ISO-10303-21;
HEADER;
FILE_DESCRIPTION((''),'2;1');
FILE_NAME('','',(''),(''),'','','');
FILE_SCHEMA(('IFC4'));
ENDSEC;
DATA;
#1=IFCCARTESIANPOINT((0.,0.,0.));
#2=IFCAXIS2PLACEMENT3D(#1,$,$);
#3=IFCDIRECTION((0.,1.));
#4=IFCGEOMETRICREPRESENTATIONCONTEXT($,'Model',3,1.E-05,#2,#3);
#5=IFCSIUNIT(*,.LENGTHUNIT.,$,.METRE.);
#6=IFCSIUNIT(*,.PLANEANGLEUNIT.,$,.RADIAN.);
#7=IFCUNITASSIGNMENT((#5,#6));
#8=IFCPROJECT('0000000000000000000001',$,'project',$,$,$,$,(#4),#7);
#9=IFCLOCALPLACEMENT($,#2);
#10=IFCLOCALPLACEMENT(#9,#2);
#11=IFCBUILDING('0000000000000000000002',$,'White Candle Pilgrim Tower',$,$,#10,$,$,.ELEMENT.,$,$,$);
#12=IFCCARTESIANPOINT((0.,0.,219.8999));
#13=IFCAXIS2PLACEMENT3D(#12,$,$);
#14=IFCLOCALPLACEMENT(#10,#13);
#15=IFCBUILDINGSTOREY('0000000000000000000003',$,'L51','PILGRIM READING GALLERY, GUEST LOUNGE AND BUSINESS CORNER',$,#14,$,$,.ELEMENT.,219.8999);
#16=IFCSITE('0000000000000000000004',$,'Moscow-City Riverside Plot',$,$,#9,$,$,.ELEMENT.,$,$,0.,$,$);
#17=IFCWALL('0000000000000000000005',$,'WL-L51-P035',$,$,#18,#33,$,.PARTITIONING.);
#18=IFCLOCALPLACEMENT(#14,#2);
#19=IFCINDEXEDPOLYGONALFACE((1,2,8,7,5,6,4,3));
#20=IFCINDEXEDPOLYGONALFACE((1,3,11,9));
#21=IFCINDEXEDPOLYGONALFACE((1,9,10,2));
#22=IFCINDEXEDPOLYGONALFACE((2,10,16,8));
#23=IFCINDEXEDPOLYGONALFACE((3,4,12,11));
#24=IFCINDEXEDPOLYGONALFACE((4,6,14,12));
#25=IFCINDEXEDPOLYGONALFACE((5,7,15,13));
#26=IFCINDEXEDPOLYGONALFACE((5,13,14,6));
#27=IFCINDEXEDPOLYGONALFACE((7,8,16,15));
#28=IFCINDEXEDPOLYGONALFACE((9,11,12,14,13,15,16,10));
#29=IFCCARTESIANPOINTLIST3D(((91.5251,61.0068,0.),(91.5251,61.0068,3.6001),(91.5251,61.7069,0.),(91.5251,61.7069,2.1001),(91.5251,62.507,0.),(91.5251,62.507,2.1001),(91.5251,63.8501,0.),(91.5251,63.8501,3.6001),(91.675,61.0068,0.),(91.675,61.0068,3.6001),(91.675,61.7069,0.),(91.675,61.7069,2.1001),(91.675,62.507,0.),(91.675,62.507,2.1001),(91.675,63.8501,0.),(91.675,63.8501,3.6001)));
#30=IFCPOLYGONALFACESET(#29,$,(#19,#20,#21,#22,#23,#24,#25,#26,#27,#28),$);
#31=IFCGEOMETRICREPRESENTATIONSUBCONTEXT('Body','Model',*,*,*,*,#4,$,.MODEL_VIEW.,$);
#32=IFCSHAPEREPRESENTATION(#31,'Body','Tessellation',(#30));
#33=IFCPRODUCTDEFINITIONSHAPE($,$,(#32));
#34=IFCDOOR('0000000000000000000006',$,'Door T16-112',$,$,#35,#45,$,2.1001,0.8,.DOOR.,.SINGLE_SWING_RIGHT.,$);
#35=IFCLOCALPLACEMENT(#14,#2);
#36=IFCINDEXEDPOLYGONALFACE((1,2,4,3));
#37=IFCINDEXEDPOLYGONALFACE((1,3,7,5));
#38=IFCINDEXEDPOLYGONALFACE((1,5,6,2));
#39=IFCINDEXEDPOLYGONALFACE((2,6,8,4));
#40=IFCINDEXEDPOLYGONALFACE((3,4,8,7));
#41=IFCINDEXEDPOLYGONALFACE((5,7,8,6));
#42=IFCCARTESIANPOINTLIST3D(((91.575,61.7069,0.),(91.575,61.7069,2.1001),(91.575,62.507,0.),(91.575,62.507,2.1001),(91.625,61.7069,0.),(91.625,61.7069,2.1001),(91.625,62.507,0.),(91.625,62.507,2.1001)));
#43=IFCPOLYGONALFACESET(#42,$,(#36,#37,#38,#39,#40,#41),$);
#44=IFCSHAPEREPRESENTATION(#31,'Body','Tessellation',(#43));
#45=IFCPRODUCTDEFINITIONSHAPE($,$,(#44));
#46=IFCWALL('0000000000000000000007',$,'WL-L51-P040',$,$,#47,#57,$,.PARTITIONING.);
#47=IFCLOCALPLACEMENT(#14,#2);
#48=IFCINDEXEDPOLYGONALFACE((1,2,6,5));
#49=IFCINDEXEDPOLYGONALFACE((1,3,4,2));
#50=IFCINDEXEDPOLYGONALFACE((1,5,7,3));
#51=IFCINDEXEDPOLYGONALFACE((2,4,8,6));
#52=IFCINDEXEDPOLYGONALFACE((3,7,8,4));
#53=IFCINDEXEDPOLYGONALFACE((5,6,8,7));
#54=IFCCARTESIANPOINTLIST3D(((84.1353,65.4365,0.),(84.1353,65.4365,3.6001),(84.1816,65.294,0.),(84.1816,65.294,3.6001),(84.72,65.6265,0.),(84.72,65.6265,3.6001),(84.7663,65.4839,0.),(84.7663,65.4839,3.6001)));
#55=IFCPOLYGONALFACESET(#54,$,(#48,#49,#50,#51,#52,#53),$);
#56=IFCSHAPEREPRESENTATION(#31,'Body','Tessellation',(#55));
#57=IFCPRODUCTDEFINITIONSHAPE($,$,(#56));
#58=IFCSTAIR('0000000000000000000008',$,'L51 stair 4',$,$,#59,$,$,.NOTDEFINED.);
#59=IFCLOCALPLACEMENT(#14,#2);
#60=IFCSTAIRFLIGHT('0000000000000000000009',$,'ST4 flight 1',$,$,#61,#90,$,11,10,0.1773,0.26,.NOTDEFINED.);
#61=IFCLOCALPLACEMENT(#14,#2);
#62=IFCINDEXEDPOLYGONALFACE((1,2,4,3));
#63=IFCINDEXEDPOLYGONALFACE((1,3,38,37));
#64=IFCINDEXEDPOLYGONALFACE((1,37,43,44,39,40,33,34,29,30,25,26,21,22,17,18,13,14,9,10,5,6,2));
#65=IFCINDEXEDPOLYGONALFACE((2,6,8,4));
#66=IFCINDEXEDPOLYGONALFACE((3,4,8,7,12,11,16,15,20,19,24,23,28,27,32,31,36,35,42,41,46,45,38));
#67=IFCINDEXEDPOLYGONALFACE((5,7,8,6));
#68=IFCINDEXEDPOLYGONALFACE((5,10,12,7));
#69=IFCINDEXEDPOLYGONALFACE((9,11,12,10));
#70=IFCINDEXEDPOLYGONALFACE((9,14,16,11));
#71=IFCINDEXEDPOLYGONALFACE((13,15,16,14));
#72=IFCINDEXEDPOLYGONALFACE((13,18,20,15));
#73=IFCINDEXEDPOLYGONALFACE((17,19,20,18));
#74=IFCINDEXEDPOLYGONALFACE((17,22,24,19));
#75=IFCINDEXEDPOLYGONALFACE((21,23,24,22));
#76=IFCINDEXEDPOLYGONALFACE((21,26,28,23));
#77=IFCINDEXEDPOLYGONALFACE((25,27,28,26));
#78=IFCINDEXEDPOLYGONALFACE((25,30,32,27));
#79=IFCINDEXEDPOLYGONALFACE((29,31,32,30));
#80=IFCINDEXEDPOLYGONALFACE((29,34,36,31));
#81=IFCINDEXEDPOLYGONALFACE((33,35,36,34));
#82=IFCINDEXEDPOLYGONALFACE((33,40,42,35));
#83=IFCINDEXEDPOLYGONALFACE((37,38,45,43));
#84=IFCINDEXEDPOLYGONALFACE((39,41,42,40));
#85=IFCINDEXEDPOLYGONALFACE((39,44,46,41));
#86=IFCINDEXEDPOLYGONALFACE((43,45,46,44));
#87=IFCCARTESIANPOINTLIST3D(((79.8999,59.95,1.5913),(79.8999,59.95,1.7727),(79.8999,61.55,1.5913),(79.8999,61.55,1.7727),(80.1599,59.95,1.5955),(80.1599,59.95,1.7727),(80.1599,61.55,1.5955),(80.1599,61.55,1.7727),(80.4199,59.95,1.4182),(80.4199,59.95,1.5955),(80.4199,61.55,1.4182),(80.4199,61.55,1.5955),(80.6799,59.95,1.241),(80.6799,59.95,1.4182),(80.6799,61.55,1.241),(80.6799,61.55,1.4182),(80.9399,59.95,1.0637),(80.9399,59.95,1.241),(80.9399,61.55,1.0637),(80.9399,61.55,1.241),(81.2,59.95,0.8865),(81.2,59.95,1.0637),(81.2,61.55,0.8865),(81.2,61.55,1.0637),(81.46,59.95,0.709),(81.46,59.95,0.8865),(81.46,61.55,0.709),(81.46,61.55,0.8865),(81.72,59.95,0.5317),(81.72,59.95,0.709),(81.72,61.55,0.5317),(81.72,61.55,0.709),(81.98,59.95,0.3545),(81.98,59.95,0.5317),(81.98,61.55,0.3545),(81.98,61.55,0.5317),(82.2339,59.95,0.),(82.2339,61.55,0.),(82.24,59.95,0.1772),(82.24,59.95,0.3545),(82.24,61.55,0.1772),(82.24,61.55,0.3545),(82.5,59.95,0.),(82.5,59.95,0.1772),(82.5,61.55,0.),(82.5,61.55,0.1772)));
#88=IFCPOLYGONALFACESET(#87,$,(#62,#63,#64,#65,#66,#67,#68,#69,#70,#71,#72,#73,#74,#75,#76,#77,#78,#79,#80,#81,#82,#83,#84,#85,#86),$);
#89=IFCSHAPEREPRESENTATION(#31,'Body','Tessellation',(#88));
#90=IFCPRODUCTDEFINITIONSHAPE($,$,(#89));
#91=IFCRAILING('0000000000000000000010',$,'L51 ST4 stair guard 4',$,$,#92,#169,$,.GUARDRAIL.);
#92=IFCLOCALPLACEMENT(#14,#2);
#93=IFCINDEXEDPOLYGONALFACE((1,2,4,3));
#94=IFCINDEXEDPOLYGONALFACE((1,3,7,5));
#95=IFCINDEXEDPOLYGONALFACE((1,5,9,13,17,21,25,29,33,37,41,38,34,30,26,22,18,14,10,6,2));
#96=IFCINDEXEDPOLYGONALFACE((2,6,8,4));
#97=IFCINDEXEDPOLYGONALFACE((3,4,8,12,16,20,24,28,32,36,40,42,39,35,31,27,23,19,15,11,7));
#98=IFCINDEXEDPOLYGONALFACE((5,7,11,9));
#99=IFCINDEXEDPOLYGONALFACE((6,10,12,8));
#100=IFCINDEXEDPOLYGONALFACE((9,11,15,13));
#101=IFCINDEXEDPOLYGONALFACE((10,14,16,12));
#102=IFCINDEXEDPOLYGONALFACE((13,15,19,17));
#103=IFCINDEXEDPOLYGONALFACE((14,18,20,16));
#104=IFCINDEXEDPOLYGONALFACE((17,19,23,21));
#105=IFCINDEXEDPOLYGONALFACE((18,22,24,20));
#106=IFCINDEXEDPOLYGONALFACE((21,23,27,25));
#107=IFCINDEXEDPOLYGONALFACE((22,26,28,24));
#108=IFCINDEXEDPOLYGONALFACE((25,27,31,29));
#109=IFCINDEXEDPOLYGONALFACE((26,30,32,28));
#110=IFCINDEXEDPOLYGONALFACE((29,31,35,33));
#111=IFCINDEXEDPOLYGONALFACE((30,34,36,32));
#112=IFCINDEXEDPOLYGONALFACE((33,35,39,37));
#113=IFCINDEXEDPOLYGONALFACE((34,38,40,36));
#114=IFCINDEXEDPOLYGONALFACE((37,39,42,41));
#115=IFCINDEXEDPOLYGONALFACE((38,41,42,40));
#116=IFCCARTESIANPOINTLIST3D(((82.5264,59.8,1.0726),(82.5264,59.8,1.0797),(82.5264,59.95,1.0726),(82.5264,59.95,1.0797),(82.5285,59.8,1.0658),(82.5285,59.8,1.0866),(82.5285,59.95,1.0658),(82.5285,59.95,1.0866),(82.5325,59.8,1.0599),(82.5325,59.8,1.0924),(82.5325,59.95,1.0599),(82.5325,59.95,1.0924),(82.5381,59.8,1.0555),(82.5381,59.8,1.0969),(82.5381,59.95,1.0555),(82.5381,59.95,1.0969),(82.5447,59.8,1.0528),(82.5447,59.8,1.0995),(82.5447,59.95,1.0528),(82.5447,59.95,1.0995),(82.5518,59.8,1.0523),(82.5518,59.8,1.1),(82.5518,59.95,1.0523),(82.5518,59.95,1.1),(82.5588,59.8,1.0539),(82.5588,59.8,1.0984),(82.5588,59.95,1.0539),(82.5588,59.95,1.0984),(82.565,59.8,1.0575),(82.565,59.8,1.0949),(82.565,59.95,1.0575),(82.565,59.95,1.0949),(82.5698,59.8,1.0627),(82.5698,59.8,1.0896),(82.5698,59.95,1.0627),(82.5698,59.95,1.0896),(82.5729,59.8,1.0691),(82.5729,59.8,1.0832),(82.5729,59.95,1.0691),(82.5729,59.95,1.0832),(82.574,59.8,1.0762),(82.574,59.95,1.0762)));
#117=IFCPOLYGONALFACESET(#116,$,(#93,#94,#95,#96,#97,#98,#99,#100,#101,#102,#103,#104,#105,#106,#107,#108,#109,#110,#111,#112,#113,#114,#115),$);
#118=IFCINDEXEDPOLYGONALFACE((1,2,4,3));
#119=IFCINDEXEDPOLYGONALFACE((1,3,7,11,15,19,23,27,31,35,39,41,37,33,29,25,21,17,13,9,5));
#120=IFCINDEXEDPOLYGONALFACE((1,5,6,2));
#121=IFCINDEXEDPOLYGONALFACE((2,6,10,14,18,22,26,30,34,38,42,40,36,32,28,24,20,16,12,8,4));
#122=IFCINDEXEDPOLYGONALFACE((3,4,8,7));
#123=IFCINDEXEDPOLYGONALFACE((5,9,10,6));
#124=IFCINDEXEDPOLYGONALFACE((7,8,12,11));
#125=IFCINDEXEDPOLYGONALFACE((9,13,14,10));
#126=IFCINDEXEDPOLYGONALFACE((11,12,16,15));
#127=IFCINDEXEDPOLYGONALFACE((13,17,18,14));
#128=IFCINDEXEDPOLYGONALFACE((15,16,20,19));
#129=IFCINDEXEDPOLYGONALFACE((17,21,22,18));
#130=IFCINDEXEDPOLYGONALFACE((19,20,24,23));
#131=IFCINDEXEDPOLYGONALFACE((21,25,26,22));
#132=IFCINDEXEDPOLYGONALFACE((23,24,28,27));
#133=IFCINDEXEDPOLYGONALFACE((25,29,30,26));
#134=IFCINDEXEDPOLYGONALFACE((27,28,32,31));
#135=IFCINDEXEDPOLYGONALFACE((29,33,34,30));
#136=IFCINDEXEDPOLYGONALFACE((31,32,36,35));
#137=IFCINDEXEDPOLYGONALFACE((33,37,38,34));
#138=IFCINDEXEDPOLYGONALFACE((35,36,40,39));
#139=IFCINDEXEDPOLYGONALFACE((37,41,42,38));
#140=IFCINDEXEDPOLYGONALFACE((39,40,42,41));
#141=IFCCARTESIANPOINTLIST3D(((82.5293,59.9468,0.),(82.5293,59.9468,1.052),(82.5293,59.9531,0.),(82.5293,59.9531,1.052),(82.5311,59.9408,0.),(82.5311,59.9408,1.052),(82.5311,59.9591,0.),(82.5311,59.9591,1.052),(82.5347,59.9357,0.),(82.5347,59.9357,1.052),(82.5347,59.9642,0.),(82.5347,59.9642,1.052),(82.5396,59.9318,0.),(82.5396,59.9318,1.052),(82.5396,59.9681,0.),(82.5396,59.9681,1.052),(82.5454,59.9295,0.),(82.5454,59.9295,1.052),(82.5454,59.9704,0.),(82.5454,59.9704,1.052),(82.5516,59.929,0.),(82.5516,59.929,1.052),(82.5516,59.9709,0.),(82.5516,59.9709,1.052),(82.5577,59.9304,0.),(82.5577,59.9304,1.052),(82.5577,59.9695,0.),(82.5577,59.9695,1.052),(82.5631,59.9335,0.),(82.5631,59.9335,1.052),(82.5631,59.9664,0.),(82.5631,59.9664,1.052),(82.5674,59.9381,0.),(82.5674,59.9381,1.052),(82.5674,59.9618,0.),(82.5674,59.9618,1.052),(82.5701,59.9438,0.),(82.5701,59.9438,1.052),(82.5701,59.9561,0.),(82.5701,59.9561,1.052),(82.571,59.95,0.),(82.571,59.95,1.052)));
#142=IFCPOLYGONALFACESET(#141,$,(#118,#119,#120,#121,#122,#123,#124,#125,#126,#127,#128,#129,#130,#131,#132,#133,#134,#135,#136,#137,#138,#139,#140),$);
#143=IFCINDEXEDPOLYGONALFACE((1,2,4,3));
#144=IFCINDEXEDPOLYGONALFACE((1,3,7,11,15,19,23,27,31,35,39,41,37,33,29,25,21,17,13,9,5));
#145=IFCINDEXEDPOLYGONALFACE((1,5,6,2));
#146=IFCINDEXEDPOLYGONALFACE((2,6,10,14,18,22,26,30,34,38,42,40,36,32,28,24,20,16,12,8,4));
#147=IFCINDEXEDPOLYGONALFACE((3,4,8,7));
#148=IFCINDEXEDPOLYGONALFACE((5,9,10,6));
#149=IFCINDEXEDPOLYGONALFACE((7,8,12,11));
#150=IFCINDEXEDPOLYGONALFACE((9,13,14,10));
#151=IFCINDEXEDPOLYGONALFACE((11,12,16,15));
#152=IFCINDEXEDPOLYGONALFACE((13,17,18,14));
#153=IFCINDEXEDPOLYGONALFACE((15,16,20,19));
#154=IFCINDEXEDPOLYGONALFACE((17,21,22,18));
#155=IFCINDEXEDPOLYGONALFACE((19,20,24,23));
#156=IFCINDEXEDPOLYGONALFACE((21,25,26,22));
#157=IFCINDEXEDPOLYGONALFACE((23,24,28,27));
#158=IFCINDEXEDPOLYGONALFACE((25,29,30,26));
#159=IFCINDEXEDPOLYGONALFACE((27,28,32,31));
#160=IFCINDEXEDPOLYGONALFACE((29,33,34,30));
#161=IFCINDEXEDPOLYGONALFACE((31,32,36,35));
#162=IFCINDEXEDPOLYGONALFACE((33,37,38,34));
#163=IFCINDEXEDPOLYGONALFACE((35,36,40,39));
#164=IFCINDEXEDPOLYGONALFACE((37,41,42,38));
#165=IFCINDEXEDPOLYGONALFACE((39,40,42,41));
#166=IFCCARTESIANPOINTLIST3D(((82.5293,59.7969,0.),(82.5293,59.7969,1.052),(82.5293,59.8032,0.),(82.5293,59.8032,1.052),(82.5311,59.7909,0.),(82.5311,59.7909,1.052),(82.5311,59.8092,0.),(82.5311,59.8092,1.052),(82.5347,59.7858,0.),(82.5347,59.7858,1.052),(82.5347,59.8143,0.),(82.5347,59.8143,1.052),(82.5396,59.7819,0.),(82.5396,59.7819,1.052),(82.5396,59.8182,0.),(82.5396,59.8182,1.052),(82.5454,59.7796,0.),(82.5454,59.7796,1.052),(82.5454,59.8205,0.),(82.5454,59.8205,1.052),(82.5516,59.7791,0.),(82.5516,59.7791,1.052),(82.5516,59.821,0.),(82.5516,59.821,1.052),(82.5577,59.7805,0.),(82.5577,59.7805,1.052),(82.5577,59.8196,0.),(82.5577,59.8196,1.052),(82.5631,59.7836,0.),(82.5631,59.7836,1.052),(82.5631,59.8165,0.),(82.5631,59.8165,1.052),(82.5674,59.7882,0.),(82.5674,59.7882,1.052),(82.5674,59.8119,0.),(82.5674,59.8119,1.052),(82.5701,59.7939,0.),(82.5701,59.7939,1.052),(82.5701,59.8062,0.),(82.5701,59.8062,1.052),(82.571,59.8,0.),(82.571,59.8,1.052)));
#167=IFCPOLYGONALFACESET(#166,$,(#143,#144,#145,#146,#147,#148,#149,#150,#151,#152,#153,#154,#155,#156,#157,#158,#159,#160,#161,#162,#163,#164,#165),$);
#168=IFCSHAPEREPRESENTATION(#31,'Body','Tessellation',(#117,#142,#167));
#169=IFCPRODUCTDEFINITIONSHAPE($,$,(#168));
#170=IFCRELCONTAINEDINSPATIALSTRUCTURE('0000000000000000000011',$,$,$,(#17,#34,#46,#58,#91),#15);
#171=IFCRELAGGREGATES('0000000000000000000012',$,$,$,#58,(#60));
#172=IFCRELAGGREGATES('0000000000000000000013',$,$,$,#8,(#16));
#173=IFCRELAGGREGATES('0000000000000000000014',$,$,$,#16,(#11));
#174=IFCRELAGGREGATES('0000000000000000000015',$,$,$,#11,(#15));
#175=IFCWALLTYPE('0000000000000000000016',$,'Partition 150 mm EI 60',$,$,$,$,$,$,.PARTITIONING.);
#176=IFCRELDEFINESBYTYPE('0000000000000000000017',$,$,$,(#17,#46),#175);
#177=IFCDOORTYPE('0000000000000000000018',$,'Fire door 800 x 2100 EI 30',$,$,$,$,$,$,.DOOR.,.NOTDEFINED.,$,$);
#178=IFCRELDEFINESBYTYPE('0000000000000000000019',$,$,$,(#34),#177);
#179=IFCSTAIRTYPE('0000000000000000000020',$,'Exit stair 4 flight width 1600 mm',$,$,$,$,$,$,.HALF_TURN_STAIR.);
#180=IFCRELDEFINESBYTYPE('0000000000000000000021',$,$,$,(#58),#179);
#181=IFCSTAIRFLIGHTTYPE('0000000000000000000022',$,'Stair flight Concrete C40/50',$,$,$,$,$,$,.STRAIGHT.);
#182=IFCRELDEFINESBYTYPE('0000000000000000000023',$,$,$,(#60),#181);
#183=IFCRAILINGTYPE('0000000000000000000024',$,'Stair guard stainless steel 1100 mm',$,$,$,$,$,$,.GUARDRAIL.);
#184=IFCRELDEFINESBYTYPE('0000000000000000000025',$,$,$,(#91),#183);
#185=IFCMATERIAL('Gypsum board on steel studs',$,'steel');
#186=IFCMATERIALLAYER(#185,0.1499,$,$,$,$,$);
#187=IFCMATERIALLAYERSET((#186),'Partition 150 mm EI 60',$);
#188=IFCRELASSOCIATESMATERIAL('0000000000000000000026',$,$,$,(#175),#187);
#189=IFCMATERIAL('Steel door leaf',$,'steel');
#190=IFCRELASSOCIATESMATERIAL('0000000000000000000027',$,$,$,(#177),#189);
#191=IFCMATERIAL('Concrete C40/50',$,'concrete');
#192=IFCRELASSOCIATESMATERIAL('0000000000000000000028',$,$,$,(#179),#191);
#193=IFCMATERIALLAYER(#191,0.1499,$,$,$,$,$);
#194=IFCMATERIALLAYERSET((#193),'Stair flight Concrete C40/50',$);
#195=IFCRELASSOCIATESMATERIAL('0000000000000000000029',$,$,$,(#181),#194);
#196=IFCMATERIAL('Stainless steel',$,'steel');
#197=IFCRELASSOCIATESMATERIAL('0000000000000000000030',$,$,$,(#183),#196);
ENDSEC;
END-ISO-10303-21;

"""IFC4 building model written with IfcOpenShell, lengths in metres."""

from ifc_helpers import new_model, si_unit, direction, frame, frame_2d, origin, origin_2d, place, context, subcontext, project, spatial, polyline, rectangle, circle, outline, extrude, material, layer, layer_set, type_object, element, fill, aggregate, save


model = new_model("IFC4")

# Units and contexts
model_context = context("Model", 3, precision=1e-05, world=origin(), true_north=direction((0.0, 1.0)))
body_context = subcontext(model_context, "Body", "Model", "MODEL_VIEW")
ifc_project = project(units=[si_unit("LENGTHUNIT", "METRE"), si_unit("PLANEANGLEUNIT", "RADIAN")], contexts=[model_context])

# Site, building, storey
site_placement = place(None, origin())
site = spatial("IfcSite", under=ifc_project, at=site_placement, Name="Moscow-City Riverside Plot", CompositionType="ELEMENT", RefElevation=0.0)
building_placement = place(site_placement, origin())
building = spatial("IfcBuilding", under=site, at=building_placement, Name="White Candle Pilgrim Tower", CompositionType="ELEMENT")
storey_placement = place(building_placement, frame((0.0, 0.0, 219.8999)))
storey = spatial("IfcBuildingStorey", under=building, at=storey_placement, Name="L51", Description="PILGRIM READING GALLERY, GUEST LOUNGE AND BUSINESS CORNER", CompositionType="ELEMENT", Elevation=219.8999)

# Shared definitions
ifc_material_1 = material(Name="Gypsum board on steel studs", Category="steel")
ifc_material_2 = material(Name="Steel door leaf", Category="steel")

# Shared definitions
ifc_layer_1 = layer(ifc_material_1, 0.1499)
ifc_layer_set_1 = layer_set([ifc_layer_1], Name="Partition 150 mm EI 60")
wall_type_1 = type_object("IfcWallType", Name="Partition 150 mm EI 60", PredefinedType="PARTITIONING", material=ifc_layer_set_1)

# Wall, opening, door
wall_1_placement = place(storey_placement, frame((91.6001, 63.8501, 0.0), z_axis=(0.0, 0.0, 1.0), x_axis=(0.0, -1.0, 0.0)))
wall_1 = element("IfcWall", 1, at=wall_1_placement, inside=storey, type_object=wall_type_1, Name="WL-L51-P035", PredefinedType="PARTITIONING", context=body_context, shape_type="SweptSolid", body=[
    extrude(rectangle(XDim=2.8433, YDim=0.1499, at=frame_2d((1.4216, 0.0))), origin(), (0.0, 0.0, 1.0), 3.6001),
])
opening_1_placement = place(wall_1_placement, frame((1.3433, 0.0, 0.0)))
opening_1 = element("IfcOpeningElement", 2, at=opening_1_placement, cuts=wall_1, PredefinedType="OPENING", context=body_context, shape_type="SweptSolid", body=[
    extrude(rectangle(XDim=0.8, YDim=2.1001, at=frame_2d((0.3999, 1.05))), frame((0.0, 0.085, 0.0), z_axis=(0.0, -1.0, 0.0), x_axis=(1.0, 0.0, 0.0)), (0.0, 0.0, 1.0), 0.1699),
])
door_type_1 = type_object("IfcDoorType", Name="Fire door 800 x 2100 EI 30", OperationType="NOTDEFINED", PredefinedType="DOOR", material=ifc_material_2)
door_1_placement = place(opening_1_placement, origin())
door_1 = element("IfcDoor", 3, at=door_1_placement, inside=storey, type_object=door_type_1, Name="Door T16-112", OperationType="SINGLE_SWING_RIGHT", OverallHeight=2.1001, OverallWidth=0.8, PredefinedType="DOOR", context=body_context, shape_type="SweptSolid", body=[
    extrude(rectangle(XDim=0.8, YDim=2.1001, at=frame_2d((0.3999, 1.05))), frame((0.0, 0.0249, 0.0), z_axis=(0.0, -1.0, 0.0), x_axis=(1.0, 0.0, 0.0)), (0.0, 0.0, 1.0), 0.05),
])
fill(opening_1, door_1)

# Wall
wall_2_placement = place(storey_placement, frame((84.7432, 65.5552, 0.0), z_axis=(0.0, 0.0, 1.0), x_axis=(-0.951078, -0.308951, 0.0)))
element("IfcWall", 4, at=wall_2_placement, inside=storey, type_object=wall_type_1, Name="WL-L51-P040", PredefinedType="PARTITIONING", context=body_context, shape_type="SweptSolid", body=[
    extrude(rectangle(XDim=0.6147, YDim=0.1499, at=frame_2d((0.3074, 0.0))), origin(), (0.0, 0.0, 1.0), 3.6001),
])

# Stair, stair flight
ifc_material_3 = material(Name="Concrete C40/50", Category="concrete")
stair_type = type_object("IfcStairType", Name="Exit stair 4 flight width 1600 mm", PredefinedType="HALF_TURN_STAIR", material=ifc_material_3)
stair_placement = place(storey_placement, origin())
stair = element("IfcStair", 5, at=stair_placement, inside=storey, type_object=stair_type, Name="L51 stair 4", PredefinedType="NOTDEFINED")
ifc_layer_2 = layer(ifc_material_3, 0.1499)
ifc_layer_set_2 = layer_set([ifc_layer_2], Name="Stair flight Concrete C40/50")
stair_flight_type = type_object("IfcStairFlightType", Name="Stair flight Concrete C40/50", PredefinedType="STRAIGHT", material=ifc_layer_set_2)
stair_flight_placement = place(storey_placement, frame((82.5, 60.75, 0.0), z_axis=(0.0, 0.0, 1.0), x_axis=(-1.0, 0.0, 0.0)))
stair_flight = element("IfcStairFlight", 6, at=stair_flight_placement, type_object=stair_flight_type, Name="ST4 flight 1", NumberOfRisers=11, NumberOfTreads=10, PredefinedType="NOTDEFINED", RiserHeight=0.1773, TreadLength=0.26, context=body_context, shape_type="SweptSolid", body=[
    extrude(outline(polyline([(0.0, 0.0), (0.0, 0.1772), (0.26, 0.1772), (0.26, 0.3545), (0.52, 0.3545), (0.52, 0.5317), (0.78, 0.5317), (0.78, 0.709), (1.04, 0.709), (1.04, 0.8865), (1.3, 0.8865), (1.3, 1.0637), (1.5601, 1.0637), (1.5601, 1.241), (1.8201, 1.241), (1.8201, 1.4182), (2.0801, 1.4182), (2.0801, 1.5955), (2.3401, 1.5955), (2.3401, 1.7727), (2.6001, 1.7727), (2.6001, 1.95), (2.6001, 1.5913), (0.2661, 0.0), (0.0, 0.0)])), frame((0.0, 0.8, 0.0), z_axis=(0.0, -1.0, 0.0), x_axis=(1.0, 0.0, 0.0)), (0.0, 0.0, 1.0), 1.6001),
])
aggregate(stair, [stair_flight])

# Railing
ifc_material_4 = material(Name="Stainless steel", Category="steel")
railing_type_1 = type_object("IfcRailingType", Name="Stair guard stainless steel 1100 mm", PredefinedType="GUARDRAIL", material=ifc_material_4)
railing_1_placement = place(storey_placement, frame((82.55, 59.95, 0.0)))
element("IfcRailing", 7, at=railing_1_placement, inside=storey, type_object=railing_type_1, Name="L51 ST4 stair guard 4", PredefinedType="GUARDRAIL", context=body_context, shape_type="SweptSolid", body=[
    extrude(circle(Radius=0.0239, at=origin_2d()), frame((0.0, 0.0, 1.0762), z_axis=(0.0, -1.0, 0.0), x_axis=(1.0, 0.0, 0.0)), (0.0, 0.0, 1.0), 0.1499),
    extrude(circle(Radius=0.021, at=origin_2d()), origin(), (0.0, 0.0, 1.0), 1.052),
    extrude(circle(Radius=0.021, at=origin_2d()), frame((0.0, -0.1499, 0.0)), (0.0, 0.0, 1.0), 1.052),
])

save(model, "model.ifc")
